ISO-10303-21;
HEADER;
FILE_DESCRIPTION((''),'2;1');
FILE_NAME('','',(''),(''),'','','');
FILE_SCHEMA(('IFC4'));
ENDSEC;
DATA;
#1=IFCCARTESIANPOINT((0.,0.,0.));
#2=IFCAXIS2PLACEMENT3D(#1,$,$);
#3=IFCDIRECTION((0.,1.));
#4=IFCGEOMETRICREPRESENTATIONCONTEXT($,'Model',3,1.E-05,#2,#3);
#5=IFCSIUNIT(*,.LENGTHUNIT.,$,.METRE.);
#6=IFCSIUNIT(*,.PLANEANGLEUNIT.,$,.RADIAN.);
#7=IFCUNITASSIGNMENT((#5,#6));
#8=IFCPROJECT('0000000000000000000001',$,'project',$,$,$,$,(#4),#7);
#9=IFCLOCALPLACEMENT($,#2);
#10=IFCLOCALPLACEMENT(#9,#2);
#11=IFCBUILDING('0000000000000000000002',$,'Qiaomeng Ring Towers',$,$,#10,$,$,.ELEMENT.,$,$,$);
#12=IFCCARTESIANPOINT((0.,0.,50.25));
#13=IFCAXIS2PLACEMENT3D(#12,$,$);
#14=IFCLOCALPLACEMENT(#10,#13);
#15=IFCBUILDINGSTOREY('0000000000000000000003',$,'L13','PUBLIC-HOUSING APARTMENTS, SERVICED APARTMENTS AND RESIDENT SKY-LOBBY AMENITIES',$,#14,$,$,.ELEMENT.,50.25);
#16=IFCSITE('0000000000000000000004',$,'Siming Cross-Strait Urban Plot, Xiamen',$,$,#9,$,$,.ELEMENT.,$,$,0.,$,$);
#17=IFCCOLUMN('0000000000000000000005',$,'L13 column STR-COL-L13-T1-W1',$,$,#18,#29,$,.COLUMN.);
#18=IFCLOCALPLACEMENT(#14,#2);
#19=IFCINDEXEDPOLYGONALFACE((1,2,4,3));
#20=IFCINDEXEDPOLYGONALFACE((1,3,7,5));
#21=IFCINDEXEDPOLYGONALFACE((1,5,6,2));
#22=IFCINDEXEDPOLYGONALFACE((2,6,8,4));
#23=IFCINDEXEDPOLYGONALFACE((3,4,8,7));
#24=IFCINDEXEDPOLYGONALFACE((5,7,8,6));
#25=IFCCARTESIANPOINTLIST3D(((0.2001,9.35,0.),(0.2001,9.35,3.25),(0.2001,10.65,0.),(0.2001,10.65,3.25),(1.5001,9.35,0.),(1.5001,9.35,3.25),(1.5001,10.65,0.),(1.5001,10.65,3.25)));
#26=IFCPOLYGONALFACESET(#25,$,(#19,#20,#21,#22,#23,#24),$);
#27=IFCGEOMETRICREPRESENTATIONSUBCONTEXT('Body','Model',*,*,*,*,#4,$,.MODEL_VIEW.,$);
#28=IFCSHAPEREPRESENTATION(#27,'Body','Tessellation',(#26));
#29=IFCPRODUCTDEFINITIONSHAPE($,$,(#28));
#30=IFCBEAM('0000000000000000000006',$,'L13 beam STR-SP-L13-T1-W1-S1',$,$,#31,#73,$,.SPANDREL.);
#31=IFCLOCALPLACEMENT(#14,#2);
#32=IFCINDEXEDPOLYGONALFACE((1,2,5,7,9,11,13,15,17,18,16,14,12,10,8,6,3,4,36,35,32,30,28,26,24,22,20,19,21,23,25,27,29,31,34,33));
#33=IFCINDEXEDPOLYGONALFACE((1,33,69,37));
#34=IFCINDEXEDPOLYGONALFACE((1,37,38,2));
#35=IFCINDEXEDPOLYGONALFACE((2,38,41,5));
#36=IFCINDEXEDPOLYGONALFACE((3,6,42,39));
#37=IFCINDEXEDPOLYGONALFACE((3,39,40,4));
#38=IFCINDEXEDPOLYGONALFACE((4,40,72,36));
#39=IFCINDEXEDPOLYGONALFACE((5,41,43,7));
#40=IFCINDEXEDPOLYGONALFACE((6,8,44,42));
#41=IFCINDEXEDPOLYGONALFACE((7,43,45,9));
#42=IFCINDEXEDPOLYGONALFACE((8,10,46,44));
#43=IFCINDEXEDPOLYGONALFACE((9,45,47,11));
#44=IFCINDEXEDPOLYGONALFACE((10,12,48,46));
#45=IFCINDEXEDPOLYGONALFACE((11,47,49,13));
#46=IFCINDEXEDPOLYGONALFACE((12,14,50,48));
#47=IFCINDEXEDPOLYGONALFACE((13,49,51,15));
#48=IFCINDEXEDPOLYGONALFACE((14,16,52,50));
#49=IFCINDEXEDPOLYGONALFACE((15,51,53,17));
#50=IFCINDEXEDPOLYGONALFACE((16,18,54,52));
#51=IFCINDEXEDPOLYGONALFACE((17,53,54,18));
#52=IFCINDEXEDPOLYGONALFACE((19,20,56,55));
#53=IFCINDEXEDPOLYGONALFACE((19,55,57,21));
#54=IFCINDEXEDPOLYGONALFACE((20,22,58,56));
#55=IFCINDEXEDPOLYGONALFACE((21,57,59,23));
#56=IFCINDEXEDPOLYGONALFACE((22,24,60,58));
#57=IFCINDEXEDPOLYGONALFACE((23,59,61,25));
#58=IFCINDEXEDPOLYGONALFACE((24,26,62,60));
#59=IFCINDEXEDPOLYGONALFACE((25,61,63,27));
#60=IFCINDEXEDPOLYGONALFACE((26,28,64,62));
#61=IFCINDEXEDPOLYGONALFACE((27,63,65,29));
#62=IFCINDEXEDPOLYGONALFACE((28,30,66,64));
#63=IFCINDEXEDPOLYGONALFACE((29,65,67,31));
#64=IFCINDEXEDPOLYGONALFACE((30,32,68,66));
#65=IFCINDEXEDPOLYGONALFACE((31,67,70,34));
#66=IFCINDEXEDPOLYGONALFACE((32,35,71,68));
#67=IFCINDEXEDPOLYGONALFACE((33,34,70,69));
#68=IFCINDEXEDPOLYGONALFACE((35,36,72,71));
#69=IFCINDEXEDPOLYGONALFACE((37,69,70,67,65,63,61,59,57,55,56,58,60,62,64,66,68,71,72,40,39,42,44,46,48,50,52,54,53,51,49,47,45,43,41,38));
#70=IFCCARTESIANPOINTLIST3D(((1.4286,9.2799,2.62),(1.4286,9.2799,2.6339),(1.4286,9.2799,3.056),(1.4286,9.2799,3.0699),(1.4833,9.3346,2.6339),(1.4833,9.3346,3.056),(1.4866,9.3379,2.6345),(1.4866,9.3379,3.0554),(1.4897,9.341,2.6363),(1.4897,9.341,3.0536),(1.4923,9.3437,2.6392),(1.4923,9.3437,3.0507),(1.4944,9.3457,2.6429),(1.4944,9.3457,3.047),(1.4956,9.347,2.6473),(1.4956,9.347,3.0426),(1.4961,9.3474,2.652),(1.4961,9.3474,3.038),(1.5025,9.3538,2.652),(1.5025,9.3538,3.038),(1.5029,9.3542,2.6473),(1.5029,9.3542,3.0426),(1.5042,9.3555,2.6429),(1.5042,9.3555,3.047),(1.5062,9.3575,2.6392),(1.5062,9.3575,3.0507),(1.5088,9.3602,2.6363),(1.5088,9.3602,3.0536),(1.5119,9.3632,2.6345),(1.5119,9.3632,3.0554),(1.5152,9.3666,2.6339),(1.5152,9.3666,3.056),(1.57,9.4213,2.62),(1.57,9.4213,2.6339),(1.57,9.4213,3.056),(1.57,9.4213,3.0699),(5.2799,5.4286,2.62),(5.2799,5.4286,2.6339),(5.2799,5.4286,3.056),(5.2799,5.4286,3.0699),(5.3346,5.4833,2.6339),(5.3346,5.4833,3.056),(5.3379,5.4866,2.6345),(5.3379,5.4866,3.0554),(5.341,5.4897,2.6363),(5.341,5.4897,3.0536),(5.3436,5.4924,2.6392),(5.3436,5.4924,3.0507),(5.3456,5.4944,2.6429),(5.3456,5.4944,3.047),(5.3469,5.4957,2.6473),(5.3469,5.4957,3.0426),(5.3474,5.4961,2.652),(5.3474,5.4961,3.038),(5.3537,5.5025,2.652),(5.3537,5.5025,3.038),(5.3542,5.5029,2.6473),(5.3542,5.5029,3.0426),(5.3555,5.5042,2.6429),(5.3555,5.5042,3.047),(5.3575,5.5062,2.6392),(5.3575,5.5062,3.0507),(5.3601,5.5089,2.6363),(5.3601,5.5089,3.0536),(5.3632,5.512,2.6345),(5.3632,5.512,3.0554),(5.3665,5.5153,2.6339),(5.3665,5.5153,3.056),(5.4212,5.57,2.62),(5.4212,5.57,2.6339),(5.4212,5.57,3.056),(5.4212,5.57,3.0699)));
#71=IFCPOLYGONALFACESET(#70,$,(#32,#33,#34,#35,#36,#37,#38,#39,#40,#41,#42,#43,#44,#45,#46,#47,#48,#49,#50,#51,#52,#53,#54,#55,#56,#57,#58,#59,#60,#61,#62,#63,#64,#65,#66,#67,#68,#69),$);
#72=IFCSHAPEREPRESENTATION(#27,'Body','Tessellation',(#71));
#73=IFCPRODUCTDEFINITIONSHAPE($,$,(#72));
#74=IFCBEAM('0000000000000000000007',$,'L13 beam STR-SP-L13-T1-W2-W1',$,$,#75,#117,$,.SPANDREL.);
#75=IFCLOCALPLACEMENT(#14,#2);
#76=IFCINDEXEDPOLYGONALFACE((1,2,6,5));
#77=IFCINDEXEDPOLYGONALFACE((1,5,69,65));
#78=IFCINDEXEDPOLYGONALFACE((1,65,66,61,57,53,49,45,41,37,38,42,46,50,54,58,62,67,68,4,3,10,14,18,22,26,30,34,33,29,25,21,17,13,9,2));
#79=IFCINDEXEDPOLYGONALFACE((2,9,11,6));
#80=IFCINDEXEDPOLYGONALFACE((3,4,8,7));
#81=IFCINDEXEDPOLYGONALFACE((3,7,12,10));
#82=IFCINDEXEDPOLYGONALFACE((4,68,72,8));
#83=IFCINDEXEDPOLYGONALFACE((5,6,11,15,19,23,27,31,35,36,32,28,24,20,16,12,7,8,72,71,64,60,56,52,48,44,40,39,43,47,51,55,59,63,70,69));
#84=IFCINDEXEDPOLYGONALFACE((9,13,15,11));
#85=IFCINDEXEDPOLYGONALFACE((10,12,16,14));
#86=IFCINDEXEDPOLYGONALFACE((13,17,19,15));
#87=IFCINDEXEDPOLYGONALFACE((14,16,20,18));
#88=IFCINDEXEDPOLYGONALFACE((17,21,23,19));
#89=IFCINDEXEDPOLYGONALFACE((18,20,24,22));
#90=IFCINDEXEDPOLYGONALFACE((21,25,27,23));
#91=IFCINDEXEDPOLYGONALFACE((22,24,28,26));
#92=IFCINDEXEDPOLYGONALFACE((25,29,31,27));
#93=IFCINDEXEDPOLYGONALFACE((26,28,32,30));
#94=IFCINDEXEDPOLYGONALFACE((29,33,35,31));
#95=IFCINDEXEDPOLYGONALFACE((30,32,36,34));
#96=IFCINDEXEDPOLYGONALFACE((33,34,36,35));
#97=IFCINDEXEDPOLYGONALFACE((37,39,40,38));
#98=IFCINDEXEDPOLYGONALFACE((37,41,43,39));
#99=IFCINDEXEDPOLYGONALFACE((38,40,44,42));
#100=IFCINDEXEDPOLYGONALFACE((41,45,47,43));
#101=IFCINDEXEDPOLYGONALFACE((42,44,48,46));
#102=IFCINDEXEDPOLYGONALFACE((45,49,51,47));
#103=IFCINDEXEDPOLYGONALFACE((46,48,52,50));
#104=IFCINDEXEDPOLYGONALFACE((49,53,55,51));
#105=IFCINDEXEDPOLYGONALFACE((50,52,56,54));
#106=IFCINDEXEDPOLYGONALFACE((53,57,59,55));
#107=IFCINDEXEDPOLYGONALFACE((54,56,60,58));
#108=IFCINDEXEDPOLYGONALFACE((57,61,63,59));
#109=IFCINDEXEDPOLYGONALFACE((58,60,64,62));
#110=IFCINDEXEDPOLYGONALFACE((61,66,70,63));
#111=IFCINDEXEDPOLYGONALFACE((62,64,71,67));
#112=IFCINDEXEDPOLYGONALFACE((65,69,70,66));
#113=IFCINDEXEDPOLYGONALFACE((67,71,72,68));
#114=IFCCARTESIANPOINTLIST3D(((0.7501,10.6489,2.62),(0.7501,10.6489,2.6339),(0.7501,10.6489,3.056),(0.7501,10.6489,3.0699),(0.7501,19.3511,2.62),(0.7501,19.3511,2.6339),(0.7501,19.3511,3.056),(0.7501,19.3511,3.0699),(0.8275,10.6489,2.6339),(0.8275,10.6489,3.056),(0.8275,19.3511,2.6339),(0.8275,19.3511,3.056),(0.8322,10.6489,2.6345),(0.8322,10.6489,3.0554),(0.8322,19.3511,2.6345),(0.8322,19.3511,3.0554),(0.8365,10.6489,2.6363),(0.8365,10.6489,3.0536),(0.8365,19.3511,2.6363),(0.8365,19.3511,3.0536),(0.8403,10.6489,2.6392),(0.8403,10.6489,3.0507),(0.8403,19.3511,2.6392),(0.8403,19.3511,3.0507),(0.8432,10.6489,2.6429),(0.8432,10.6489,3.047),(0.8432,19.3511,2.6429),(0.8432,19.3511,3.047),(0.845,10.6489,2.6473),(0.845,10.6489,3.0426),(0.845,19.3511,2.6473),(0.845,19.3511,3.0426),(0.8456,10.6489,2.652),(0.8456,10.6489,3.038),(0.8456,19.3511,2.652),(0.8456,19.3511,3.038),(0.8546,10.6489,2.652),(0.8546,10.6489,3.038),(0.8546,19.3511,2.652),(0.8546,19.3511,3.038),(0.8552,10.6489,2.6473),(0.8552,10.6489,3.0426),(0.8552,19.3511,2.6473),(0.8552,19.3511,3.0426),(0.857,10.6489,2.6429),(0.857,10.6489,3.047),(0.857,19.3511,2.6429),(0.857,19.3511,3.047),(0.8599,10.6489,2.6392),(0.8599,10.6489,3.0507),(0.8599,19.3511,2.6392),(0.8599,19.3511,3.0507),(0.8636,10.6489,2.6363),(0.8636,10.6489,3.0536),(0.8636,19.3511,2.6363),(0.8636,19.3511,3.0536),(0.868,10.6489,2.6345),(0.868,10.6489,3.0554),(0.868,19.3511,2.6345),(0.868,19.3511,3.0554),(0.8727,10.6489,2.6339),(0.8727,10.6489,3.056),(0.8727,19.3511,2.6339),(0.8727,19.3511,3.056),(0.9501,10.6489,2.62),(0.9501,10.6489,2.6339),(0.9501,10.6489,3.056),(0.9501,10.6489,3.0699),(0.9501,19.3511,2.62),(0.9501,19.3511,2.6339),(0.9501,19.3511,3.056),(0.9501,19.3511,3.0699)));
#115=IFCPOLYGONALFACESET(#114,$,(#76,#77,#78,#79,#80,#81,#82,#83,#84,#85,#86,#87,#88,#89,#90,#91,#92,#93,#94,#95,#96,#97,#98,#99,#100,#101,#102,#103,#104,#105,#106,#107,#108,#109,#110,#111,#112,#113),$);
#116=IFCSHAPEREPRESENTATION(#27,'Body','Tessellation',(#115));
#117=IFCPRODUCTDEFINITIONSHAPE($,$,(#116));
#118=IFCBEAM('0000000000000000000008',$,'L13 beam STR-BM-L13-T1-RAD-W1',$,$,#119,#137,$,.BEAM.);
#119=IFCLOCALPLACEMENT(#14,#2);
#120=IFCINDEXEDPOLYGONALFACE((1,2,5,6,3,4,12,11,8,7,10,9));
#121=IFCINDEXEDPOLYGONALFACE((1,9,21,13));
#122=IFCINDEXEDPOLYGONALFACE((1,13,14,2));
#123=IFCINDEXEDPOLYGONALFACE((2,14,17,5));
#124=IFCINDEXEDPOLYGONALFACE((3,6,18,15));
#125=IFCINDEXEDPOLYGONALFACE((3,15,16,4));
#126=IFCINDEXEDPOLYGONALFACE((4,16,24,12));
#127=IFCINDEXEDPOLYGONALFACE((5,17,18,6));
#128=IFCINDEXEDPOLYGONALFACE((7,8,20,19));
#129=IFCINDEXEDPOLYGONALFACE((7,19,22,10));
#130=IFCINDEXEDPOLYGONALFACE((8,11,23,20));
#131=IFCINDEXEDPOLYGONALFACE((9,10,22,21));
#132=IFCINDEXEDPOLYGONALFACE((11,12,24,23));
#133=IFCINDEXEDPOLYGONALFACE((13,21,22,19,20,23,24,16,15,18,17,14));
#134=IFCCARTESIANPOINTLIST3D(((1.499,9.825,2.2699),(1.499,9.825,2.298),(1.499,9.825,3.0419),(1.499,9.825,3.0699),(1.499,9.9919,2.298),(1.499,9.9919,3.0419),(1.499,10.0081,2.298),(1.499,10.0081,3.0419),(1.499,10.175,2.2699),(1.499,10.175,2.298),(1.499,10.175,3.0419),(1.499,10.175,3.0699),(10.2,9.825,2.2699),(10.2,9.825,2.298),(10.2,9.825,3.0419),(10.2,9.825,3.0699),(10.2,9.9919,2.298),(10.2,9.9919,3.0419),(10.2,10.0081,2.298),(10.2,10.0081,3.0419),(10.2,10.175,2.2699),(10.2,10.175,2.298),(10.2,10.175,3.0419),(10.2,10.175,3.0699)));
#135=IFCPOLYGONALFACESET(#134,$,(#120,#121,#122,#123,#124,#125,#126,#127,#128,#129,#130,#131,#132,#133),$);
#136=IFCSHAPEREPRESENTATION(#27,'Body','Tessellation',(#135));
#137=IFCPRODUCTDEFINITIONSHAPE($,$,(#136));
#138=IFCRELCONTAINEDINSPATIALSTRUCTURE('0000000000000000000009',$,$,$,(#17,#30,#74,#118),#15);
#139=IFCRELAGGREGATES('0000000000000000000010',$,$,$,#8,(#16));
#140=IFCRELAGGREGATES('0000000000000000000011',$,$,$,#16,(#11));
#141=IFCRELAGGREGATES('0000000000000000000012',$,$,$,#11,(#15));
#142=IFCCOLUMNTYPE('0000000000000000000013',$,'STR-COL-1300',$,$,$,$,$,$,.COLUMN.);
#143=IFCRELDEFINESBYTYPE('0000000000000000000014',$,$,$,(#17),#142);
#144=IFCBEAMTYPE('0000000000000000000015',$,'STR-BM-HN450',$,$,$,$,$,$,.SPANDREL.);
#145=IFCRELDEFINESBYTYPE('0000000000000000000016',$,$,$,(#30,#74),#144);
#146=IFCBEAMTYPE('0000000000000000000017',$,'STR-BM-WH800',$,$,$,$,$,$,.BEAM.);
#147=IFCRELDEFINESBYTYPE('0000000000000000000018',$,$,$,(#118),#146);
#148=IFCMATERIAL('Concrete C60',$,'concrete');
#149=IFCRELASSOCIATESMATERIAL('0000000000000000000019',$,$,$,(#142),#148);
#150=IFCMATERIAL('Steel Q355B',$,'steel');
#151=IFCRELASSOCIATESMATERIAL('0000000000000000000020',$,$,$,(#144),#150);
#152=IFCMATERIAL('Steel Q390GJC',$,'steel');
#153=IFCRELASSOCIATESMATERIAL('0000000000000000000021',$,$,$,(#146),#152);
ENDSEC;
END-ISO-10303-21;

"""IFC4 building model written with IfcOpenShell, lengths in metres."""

from ifc_helpers import new_model, si_unit, direction, frame, origin, origin_2d, place, context, subcontext, project, spatial, rectangle, i_section, extrude, source, transform, mapped, material, material_profile, profile_set, type_object, element, save


model = new_model("IFC4")

# Units and contexts
model_context = context("Model", 3, precision=1e-05, world=origin(), true_north=direction((0.0, 1.0)))
body_context = subcontext(model_context, "Body", "Model", "MODEL_VIEW")
ifc_project = project(units=[si_unit("LENGTHUNIT", "METRE"), si_unit("PLANEANGLEUNIT", "RADIAN")], contexts=[model_context])

# Site, building, storey
site_placement = place(None, origin())
site = spatial("IfcSite", under=ifc_project, at=site_placement, Name="Siming Cross-Strait Urban Plot, Xiamen", CompositionType="ELEMENT", RefElevation=0.0)
building_placement = place(site_placement, origin())
building = spatial("IfcBuilding", under=site, at=building_placement, Name="Qiaomeng Ring Towers", CompositionType="ELEMENT")
storey_placement = place(building_placement, frame((0.0, 0.0, 50.25)))
storey = spatial("IfcBuildingStorey", under=building, at=storey_placement, Name="L13", Description="PUBLIC-HOUSING APARTMENTS, SERVICED APARTMENTS AND RESIDENT SKY-LOBBY AMENITIES", CompositionType="ELEMENT", Elevation=50.25)

# Column
ifc_material_1 = material(Name="Concrete C60", Category="concrete")
ifc_material_profile_1 = material_profile(ifc_material_1, rectangle(XDim=1.3, YDim=1.3, at=origin_2d()), Name="RC COL 1300x1300")
ifc_profile_set_1 = profile_set([ifc_material_profile_1], Name="Concrete C60")
column_type = type_object("IfcColumnType", Name="STR-COL-1300", PredefinedType="COLUMN", material=ifc_profile_set_1)
shared_shape_1 = source(origin(), body_context, "Body", "SweptSolid", [
    extrude(rectangle(XDim=1.3, YDim=1.3, at=origin_2d()), origin(), (0.0, 0.0, 1.0), 3.25),
])
column_placement = place(storey_placement, frame((0.8501, 10.0, 0.0), z_axis=(0.0, 0.0, 1.0), x_axis=(1.0, 0.0, 0.0)))
element("IfcColumn", 1, at=column_placement, inside=storey, type_object=column_type, Name="L13 column STR-COL-L13-T1-W1", PredefinedType="COLUMN", context=body_context, shape_type="MappedRepresentation", body=[
    mapped(shared_shape_1, transform((0.0, 0.0, 0.0), x_axis=(1.0, 0.0, 0.0), y_axis=(0.0, 1.0, 0.0), z_axis=(0.0, 0.0, 1.0), scale=1.0)),
])

# Beams
ifc_material_2 = material(Name="Steel Q355B", Category="steel")
ifc_material_profile_2 = material_profile(ifc_material_2, i_section(OverallWidth=0.2, OverallDepth=0.45, WebThickness=0.009, FlangeThickness=0.0139, FilletRadius=0.0181, at=origin_2d()), Name="HN 450x200x9x14")
ifc_profile_set_2 = profile_set([ifc_material_profile_2], Name="Steel Q355B")
beam_type_1 = type_object("IfcBeamType", Name="STR-BM-HN450", PredefinedType="SPANDREL", material=ifc_profile_set_2)
shared_shape_2 = source(origin(), body_context, "Body", "SweptSolid", [
    extrude(i_section(OverallWidth=0.2, OverallDepth=0.45, WebThickness=0.009, FlangeThickness=0.0139, FilletRadius=0.0181, at=origin_2d()), origin(), (0.0, 0.0, 1.0), 5.4465),
])
beam_1_placement = place(storey_placement, frame((1.4993, 9.3506, 2.845), z_axis=(0.707107, -0.707107, 0.0), x_axis=(0.707107, 0.707107, 0.0)))
element("IfcBeam", 2, at=beam_1_placement, inside=storey, type_object=beam_type_1, Name="L13 beam STR-SP-L13-T1-W1-S1", PredefinedType="SPANDREL", context=body_context, shape_type="MappedRepresentation", body=[
    mapped(shared_shape_2, transform((0.0, 0.0, 0.0), x_axis=(1.0, 0.0, 0.0), y_axis=(0.0, 1.0, 0.0), z_axis=(0.0, 0.0, 1.0), scale=1.0)),
])
shared_shape_3 = source(origin(), body_context, "Body", "SweptSolid", [
    extrude(i_section(OverallWidth=0.2, OverallDepth=0.45, WebThickness=0.009, FlangeThickness=0.0139, FilletRadius=0.0181, at=origin_2d()), origin(), (0.0, 0.0, 1.0), 8.7021),
])
beam_2_placement = place(storey_placement, frame((0.8501, 19.3511, 2.845), z_axis=(0.0, -1.0, 0.0), x_axis=(1.0, 0.0, 0.0)))
element("IfcBeam", 3, at=beam_2_placement, inside=storey, type_object=beam_type_1, Name="L13 beam STR-SP-L13-T1-W2-W1", PredefinedType="SPANDREL", context=body_context, shape_type="MappedRepresentation", body=[
    mapped(shared_shape_3, transform((0.0, 0.0, 0.0), x_axis=(1.0, 0.0, 0.0), y_axis=(0.0, 1.0, 0.0), z_axis=(0.0, 0.0, 1.0), scale=1.0)),
])
ifc_material_3 = material(Name="Steel Q390GJC", Category="steel")
ifc_material_profile_3 = material_profile(ifc_material_3, i_section(OverallWidth=0.3501, OverallDepth=0.8, WebThickness=0.0161, FlangeThickness=0.0281, at=origin_2d()), Name="WH 800x350x16x28")
ifc_profile_set_3 = profile_set([ifc_material_profile_3], Name="Steel Q390GJC")
beam_type_2 = type_object("IfcBeamType", Name="STR-BM-WH800", PredefinedType="BEAM", material=ifc_profile_set_3)
shared_shape_4 = source(origin(), body_context, "Body", "SweptSolid", [
    extrude(i_section(OverallWidth=0.3501, OverallDepth=0.8, WebThickness=0.0161, FlangeThickness=0.0281, at=origin_2d()), origin(), (0.0, 0.0, 1.0), 8.7009),
])
beam_3_placement = place(storey_placement, frame((1.499, 10.0, 2.6699), z_axis=(1.0, 0.0, 0.0), x_axis=(0.0, 1.0, 0.0)))
element("IfcBeam", 4, at=beam_3_placement, inside=storey, type_object=beam_type_2, Name="L13 beam STR-BM-L13-T1-RAD-W1", PredefinedType="BEAM", context=body_context, shape_type="MappedRepresentation", body=[
    mapped(shared_shape_4, transform((0.0, 0.0, 0.0), x_axis=(1.0, 0.0, 0.0), y_axis=(0.0, 1.0, 0.0), z_axis=(0.0, 0.0, 1.0), scale=1.0)),
])

save(model, "model.ifc")
